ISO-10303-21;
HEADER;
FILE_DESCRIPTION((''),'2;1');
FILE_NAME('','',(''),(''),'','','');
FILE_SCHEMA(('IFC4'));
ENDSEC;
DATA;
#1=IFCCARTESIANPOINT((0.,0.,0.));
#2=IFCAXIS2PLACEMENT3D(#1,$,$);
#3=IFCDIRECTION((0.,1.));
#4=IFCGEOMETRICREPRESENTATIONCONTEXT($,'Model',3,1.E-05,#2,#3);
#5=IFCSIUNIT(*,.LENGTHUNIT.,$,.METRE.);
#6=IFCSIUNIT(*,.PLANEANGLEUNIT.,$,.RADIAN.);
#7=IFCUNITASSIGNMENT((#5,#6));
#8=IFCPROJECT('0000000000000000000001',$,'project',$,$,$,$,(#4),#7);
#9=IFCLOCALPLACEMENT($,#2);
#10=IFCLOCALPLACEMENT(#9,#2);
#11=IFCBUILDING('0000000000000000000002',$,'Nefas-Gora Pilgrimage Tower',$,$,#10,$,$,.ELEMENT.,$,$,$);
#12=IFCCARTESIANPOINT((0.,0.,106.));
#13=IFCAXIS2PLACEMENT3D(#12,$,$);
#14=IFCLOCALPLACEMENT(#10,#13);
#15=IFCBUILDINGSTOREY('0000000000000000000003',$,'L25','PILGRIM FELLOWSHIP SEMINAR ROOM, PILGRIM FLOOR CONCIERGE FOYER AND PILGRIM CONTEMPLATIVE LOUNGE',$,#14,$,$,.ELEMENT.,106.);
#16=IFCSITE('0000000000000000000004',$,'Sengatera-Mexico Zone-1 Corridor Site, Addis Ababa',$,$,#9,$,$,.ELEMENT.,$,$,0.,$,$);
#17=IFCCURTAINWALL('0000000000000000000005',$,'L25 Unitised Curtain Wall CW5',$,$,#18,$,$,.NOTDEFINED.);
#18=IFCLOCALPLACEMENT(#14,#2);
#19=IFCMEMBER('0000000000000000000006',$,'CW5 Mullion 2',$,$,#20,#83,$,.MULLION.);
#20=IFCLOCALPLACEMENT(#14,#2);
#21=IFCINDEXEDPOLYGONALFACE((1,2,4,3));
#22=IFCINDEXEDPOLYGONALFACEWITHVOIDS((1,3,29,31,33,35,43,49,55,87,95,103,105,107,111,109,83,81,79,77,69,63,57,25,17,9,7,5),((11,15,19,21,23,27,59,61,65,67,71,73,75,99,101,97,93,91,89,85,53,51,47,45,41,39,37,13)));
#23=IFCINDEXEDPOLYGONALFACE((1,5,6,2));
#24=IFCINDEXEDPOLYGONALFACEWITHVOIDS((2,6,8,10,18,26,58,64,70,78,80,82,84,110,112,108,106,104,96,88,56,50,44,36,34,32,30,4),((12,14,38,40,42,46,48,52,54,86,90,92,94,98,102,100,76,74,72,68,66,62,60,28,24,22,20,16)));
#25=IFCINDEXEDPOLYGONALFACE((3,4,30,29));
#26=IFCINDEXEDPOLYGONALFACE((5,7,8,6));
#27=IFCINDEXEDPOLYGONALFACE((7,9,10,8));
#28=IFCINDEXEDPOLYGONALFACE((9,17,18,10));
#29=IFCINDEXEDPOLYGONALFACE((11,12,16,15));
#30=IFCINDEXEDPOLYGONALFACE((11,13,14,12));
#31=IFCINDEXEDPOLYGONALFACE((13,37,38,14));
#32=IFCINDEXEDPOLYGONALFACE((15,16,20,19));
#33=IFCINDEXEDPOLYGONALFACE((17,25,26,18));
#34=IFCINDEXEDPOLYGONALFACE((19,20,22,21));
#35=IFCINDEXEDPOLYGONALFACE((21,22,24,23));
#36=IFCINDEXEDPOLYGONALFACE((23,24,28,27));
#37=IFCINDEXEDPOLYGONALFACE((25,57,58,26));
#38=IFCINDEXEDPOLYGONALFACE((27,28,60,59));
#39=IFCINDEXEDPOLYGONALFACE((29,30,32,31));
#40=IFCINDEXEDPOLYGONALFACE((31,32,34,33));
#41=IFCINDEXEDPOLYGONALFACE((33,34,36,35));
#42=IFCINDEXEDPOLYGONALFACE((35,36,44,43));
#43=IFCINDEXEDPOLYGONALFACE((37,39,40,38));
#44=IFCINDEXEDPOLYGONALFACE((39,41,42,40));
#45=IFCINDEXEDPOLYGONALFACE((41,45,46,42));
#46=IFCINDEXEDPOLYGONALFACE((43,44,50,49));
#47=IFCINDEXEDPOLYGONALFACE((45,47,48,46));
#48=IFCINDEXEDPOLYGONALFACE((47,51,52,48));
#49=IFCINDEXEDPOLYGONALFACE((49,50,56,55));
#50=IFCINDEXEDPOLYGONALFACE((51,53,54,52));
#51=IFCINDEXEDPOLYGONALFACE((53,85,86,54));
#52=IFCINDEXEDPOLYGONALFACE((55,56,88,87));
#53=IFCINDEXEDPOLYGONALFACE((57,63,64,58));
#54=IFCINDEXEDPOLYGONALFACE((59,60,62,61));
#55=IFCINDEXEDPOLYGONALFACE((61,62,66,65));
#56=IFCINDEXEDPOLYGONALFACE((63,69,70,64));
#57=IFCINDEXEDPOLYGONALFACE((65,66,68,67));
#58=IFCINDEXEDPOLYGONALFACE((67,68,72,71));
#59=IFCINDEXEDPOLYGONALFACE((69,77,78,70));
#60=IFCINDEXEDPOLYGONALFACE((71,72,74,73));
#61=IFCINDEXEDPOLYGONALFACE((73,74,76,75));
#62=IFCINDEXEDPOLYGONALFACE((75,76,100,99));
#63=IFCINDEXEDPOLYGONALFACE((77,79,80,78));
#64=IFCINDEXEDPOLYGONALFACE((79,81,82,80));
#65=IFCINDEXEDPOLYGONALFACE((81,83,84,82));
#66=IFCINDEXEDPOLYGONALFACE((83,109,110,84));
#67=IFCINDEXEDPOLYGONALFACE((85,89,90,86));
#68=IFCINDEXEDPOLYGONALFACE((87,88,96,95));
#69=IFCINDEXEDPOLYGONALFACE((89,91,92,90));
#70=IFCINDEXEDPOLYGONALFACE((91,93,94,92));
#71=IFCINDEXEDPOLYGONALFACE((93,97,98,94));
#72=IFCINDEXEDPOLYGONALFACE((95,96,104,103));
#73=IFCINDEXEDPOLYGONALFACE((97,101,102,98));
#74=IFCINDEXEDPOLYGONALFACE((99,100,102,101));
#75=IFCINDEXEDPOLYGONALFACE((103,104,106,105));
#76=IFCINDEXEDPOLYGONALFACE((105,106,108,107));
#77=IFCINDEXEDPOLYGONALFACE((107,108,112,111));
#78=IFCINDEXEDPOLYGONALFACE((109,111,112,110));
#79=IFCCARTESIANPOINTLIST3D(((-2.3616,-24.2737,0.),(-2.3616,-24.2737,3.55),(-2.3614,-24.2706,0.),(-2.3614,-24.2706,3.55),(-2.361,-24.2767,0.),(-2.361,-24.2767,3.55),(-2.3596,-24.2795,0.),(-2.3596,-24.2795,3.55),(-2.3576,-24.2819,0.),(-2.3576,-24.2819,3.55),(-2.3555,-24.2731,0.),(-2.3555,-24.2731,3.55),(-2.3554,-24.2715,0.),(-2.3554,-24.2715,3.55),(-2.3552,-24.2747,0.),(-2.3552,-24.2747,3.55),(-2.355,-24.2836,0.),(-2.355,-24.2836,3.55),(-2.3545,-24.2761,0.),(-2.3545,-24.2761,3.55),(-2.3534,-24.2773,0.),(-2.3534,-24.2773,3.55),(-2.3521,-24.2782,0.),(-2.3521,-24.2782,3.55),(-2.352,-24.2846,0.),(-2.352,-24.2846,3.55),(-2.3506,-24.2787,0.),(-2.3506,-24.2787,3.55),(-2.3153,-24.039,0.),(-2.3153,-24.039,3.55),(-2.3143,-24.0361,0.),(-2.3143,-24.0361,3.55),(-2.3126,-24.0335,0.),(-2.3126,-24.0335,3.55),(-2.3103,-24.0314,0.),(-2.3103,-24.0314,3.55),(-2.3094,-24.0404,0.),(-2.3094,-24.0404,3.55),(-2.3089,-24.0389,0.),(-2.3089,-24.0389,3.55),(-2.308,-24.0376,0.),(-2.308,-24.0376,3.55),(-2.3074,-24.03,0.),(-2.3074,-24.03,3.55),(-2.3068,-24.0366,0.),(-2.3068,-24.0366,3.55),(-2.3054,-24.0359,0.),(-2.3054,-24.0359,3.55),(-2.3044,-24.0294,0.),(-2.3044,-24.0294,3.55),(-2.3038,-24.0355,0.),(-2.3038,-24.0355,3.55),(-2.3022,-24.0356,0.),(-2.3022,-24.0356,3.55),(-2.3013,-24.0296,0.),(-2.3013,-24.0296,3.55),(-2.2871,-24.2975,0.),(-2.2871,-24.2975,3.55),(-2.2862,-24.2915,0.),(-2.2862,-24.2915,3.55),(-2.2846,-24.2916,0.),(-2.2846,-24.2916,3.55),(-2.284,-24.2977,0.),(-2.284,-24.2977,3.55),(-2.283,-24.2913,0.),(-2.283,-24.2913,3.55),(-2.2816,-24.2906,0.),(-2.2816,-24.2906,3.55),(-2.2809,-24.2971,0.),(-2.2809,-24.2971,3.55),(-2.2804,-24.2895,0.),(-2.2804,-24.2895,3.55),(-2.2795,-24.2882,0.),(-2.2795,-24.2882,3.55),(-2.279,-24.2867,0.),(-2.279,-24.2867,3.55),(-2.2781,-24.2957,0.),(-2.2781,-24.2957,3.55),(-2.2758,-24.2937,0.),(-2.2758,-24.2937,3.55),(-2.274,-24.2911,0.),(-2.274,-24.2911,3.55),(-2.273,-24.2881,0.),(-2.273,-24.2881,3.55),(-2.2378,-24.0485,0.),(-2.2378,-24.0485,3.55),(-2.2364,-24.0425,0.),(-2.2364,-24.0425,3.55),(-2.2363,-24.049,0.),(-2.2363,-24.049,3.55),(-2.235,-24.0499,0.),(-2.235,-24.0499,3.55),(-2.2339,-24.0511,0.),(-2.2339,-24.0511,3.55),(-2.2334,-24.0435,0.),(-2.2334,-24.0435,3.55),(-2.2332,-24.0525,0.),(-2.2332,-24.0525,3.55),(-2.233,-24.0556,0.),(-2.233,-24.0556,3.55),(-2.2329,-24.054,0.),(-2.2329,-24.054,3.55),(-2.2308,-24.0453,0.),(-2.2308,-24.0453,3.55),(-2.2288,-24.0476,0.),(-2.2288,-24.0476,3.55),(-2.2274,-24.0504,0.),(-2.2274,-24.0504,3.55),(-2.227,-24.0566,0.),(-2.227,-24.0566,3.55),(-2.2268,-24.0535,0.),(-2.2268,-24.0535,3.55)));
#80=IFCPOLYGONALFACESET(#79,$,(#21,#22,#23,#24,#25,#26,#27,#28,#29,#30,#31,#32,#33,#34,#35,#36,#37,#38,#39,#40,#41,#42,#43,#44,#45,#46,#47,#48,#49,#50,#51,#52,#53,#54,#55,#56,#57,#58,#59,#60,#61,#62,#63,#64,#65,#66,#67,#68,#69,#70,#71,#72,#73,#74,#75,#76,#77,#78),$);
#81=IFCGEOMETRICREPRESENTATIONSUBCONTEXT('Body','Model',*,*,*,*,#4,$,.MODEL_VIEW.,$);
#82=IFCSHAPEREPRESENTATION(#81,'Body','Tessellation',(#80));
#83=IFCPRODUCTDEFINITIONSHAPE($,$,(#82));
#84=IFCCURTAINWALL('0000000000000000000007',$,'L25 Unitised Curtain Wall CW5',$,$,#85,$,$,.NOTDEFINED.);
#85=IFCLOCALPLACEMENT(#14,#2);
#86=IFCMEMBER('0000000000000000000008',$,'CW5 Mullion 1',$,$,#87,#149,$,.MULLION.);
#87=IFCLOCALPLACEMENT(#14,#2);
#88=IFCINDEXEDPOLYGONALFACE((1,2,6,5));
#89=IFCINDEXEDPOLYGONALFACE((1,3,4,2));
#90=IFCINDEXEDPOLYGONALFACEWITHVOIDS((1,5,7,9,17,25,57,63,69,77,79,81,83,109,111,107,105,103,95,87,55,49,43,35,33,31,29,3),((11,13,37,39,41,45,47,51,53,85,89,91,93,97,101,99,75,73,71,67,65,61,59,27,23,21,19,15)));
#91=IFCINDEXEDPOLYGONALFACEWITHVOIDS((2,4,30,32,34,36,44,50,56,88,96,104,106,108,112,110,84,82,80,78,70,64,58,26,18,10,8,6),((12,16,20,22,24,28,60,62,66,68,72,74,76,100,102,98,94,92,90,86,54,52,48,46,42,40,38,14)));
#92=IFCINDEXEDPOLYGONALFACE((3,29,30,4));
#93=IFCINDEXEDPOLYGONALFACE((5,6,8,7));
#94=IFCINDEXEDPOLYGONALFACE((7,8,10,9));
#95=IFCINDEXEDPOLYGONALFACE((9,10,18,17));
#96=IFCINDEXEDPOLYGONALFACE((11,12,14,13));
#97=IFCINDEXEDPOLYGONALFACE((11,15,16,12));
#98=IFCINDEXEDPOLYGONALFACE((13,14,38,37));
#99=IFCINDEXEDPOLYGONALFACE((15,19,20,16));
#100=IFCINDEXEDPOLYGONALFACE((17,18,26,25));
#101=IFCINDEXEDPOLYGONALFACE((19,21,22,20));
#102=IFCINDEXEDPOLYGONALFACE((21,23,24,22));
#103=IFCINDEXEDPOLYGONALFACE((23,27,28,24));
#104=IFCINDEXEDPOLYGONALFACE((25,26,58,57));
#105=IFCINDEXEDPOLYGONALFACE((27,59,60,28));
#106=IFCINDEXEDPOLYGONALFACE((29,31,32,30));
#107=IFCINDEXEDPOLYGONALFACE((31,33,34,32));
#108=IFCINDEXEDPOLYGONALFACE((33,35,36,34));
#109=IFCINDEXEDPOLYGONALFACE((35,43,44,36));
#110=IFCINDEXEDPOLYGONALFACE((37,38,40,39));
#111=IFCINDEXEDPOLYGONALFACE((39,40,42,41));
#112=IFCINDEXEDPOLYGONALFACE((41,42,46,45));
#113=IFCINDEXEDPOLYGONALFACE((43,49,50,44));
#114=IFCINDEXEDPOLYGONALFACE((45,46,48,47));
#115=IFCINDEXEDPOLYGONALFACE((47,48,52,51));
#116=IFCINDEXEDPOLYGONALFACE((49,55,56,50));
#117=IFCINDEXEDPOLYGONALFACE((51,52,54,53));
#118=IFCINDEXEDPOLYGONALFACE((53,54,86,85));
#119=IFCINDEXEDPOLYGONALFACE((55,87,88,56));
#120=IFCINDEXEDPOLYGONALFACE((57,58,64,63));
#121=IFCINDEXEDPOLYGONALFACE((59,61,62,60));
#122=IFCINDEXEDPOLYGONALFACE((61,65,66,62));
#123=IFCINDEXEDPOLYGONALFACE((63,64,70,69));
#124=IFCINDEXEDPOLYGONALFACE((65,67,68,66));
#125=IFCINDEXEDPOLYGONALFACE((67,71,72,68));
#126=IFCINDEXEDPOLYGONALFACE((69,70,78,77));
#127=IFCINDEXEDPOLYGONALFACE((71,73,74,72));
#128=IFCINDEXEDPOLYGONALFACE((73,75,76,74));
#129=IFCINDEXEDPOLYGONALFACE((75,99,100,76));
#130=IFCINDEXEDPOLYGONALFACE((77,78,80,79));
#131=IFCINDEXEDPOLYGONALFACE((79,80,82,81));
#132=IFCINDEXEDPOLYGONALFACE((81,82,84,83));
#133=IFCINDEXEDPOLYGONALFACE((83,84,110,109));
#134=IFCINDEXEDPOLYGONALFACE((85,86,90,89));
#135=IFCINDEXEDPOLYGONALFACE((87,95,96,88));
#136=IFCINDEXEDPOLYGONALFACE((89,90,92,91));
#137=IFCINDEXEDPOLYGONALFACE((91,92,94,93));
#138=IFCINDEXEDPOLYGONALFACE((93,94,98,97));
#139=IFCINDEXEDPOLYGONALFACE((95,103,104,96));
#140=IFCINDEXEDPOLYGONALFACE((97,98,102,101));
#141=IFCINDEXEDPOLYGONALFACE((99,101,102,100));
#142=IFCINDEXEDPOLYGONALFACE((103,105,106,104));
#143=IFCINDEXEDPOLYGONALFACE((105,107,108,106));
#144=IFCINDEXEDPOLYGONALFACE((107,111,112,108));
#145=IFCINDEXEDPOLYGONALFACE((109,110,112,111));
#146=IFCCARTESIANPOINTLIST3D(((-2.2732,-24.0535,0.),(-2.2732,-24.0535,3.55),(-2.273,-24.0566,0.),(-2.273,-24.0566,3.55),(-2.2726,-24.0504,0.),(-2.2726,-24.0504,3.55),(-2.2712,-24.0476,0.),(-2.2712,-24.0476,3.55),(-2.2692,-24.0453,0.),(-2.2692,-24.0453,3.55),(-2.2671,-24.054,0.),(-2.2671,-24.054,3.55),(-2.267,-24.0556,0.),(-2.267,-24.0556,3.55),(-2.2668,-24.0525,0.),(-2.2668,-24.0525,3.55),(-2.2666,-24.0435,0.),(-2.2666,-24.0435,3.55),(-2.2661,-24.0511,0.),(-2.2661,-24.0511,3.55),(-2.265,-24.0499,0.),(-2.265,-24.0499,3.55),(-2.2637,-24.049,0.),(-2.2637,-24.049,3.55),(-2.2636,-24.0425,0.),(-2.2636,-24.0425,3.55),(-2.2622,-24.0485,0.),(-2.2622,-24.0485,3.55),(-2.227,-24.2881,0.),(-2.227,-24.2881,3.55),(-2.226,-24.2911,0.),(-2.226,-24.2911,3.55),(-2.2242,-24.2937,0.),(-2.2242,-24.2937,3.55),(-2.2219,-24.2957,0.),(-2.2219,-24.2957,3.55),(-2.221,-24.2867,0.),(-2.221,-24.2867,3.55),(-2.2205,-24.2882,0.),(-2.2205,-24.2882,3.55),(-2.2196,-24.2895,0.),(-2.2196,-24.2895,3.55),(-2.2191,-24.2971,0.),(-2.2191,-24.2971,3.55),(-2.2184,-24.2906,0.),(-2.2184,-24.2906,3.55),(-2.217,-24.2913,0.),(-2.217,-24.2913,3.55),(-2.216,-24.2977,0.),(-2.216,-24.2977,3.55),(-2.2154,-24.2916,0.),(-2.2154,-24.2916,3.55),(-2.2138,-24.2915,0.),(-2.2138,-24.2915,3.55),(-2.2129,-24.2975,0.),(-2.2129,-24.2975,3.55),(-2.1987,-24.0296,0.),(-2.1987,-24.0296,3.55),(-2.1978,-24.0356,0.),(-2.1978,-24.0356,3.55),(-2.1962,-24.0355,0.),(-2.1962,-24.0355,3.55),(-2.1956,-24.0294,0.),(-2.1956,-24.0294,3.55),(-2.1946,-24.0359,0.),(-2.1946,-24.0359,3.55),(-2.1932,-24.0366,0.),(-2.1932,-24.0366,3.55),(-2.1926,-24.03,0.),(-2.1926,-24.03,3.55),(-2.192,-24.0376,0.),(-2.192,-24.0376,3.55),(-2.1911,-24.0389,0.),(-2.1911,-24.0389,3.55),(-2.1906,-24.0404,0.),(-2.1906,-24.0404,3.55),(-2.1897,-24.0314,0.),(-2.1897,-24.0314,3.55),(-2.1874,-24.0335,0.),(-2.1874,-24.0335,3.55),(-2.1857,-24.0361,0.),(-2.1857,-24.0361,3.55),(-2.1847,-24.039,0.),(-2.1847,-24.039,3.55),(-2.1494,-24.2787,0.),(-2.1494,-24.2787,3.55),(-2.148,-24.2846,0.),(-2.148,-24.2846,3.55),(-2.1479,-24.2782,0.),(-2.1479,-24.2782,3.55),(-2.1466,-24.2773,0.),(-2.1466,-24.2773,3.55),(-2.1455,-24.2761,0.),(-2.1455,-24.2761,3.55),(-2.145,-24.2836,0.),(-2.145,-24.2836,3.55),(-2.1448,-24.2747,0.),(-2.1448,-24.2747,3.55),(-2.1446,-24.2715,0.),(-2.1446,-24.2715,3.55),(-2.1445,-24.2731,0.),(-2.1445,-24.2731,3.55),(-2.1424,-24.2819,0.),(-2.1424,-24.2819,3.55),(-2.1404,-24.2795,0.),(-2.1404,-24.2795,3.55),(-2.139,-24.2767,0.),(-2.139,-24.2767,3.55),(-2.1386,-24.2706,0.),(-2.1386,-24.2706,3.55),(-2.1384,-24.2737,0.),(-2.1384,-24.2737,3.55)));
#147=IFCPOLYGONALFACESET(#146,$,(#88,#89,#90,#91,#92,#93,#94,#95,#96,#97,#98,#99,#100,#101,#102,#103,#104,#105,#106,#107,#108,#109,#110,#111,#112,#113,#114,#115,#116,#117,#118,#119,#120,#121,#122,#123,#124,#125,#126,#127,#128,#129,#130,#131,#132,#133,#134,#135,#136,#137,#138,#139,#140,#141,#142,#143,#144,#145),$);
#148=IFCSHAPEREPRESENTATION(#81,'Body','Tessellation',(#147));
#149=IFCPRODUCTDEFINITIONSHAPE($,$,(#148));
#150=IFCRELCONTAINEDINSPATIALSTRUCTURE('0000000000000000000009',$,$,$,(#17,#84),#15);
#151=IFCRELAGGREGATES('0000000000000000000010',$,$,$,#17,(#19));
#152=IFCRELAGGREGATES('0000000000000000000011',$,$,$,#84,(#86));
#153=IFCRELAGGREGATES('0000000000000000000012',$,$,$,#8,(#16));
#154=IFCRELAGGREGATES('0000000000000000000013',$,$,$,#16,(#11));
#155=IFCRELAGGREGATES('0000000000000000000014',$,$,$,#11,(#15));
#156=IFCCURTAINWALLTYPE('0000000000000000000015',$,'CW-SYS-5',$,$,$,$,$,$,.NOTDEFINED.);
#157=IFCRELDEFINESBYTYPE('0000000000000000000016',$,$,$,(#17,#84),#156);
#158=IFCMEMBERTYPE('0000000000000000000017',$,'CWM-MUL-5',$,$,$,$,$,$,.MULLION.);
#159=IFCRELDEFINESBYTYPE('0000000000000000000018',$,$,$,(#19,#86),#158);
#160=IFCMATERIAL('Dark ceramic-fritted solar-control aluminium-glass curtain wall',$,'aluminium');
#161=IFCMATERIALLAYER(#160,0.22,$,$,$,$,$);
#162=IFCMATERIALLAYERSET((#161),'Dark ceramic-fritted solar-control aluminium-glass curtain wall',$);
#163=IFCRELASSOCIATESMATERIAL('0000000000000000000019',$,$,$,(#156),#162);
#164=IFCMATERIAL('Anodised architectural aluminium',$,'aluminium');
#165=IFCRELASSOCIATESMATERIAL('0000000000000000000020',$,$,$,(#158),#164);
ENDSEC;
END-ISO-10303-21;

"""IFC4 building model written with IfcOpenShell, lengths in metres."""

from ifc_helpers import new_model, si_unit, direction, frame, origin, origin_2d, place, context, subcontext, project, spatial, hollow_rectangle, extrude, source, transform, mapped, material, layer, layer_set, material_profile, profile_set, type_object, element, aggregate, save


model = new_model("IFC4")

# Units and contexts
model_context = context("Model", 3, precision=1e-05, world=origin(), true_north=direction((0.0, 1.0)))
body_context = subcontext(model_context, "Body", "Model", "MODEL_VIEW")
ifc_project = project(units=[si_unit("LENGTHUNIT", "METRE"), si_unit("PLANEANGLEUNIT", "RADIAN")], contexts=[model_context])

# Site, building, storey
site_placement = place(None, origin())
site = spatial("IfcSite", under=ifc_project, at=site_placement, Name="Sengatera-Mexico Zone-1 Corridor Site, Addis Ababa", CompositionType="ELEMENT", RefElevation=0.0)
building_placement = place(site_placement, origin())
building = spatial("IfcBuilding", under=site, at=building_placement, Name="Nefas-Gora Pilgrimage Tower", CompositionType="ELEMENT")
storey_placement = place(building_placement, frame((0.0, 0.0, 106.0)))
storey = spatial("IfcBuildingStorey", under=building, at=storey_placement, Name="L25", Description="PILGRIM FELLOWSHIP SEMINAR ROOM, PILGRIM FLOOR CONCIERGE FOYER AND PILGRIM CONTEMPLATIVE LOUNGE", CompositionType="ELEMENT", Elevation=106.0)

# Shared definitions
ifc_material_1 = material(Name="Dark ceramic-fritted solar-control aluminium-glass curtain wall", Category="aluminium")
ifc_layer_1 = layer(ifc_material_1, 0.22)
ifc_layer_set_1 = layer_set([ifc_layer_1], Name="Dark ceramic-fritted solar-control aluminium-glass curtain wall")
curtain_wall_type = type_object("IfcCurtainWallType", Name="CW-SYS-5", PredefinedType="NOTDEFINED", material=ifc_layer_set_1)
ifc_material_2 = material(Name="Anodised architectural aluminium", Category="aluminium")
ifc_material_profile_1 = material_profile(ifc_material_2, hollow_rectangle(XDim=0.0901, YDim=0.26, WallThickness=0.0061, InnerFilletRadius=0.0061, OuterFilletRadius=0.012, at=origin_2d()), Name="ALU MULLION 90x260")
ifc_profile_set_1 = profile_set([ifc_material_profile_1], Name="Anodised architectural aluminium")
member_type_1 = type_object("IfcMemberType", Name="CWM-MUL-5", PredefinedType="MULLION", material=ifc_profile_set_1)
shared_shape_1 = source(origin(), body_context, "Body", "SweptSolid", [
    extrude(hollow_rectangle(XDim=0.0901, YDim=0.26, WallThickness=0.0061, InnerFilletRadius=0.0061, OuterFilletRadius=0.012, at=origin_2d()), origin(), (0.0, 0.0, 1.0), 3.55),
])

# Curtain wall, member
curtain_wall_1_placement = place(storey_placement, origin())
curtain_wall_1 = element("IfcCurtainWall", 1, at=curtain_wall_1_placement, inside=storey, type_object=curtain_wall_type, Name="L25 Unitised Curtain Wall CW5", PredefinedType="NOTDEFINED")
member_1_placement = place(storey_placement, frame((-2.2942, -24.1636, 0.0), z_axis=(0.0, 0.0, 1.0), x_axis=(0.980783, -0.195102, 0.0)))
member_1 = element("IfcMember", 2, at=member_1_placement, type_object=member_type_1, Name="CW5 Mullion 2", PredefinedType="MULLION", context=body_context, shape_type="MappedRepresentation", body=[
    mapped(shared_shape_1, transform((0.0, 0.0, 0.0), x_axis=(1.0, 0.0, 0.0), y_axis=(0.0, 1.0, 0.0), z_axis=(0.0, 0.0, 1.0), scale=1.0)),
])

# Curtain wall, member
curtain_wall_2_placement = place(storey_placement, origin())
curtain_wall_2 = element("IfcCurtainWall", 3, at=curtain_wall_2_placement, inside=storey, type_object=curtain_wall_type, Name="L25 Unitised Curtain Wall CW5", PredefinedType="NOTDEFINED")
member_2_placement = place(storey_placement, frame((-2.2058, -24.1636, 0.0), z_axis=(0.0, 0.0, 1.0), x_axis=(0.980783, 0.195102, 0.0)))
member_2 = element("IfcMember", 4, at=member_2_placement, type_object=member_type_1, Name="CW5 Mullion 1", PredefinedType="MULLION", context=body_context, shape_type="MappedRepresentation", body=[
    mapped(shared_shape_1, transform((0.0, 0.0, 0.0), x_axis=(1.0, 0.0, 0.0), y_axis=(0.0, 1.0, 0.0), z_axis=(0.0, 0.0, 1.0), scale=1.0)),
])

aggregate(curtain_wall_1, [member_1])
aggregate(curtain_wall_2, [member_2])

save(model, "model.ifc")
